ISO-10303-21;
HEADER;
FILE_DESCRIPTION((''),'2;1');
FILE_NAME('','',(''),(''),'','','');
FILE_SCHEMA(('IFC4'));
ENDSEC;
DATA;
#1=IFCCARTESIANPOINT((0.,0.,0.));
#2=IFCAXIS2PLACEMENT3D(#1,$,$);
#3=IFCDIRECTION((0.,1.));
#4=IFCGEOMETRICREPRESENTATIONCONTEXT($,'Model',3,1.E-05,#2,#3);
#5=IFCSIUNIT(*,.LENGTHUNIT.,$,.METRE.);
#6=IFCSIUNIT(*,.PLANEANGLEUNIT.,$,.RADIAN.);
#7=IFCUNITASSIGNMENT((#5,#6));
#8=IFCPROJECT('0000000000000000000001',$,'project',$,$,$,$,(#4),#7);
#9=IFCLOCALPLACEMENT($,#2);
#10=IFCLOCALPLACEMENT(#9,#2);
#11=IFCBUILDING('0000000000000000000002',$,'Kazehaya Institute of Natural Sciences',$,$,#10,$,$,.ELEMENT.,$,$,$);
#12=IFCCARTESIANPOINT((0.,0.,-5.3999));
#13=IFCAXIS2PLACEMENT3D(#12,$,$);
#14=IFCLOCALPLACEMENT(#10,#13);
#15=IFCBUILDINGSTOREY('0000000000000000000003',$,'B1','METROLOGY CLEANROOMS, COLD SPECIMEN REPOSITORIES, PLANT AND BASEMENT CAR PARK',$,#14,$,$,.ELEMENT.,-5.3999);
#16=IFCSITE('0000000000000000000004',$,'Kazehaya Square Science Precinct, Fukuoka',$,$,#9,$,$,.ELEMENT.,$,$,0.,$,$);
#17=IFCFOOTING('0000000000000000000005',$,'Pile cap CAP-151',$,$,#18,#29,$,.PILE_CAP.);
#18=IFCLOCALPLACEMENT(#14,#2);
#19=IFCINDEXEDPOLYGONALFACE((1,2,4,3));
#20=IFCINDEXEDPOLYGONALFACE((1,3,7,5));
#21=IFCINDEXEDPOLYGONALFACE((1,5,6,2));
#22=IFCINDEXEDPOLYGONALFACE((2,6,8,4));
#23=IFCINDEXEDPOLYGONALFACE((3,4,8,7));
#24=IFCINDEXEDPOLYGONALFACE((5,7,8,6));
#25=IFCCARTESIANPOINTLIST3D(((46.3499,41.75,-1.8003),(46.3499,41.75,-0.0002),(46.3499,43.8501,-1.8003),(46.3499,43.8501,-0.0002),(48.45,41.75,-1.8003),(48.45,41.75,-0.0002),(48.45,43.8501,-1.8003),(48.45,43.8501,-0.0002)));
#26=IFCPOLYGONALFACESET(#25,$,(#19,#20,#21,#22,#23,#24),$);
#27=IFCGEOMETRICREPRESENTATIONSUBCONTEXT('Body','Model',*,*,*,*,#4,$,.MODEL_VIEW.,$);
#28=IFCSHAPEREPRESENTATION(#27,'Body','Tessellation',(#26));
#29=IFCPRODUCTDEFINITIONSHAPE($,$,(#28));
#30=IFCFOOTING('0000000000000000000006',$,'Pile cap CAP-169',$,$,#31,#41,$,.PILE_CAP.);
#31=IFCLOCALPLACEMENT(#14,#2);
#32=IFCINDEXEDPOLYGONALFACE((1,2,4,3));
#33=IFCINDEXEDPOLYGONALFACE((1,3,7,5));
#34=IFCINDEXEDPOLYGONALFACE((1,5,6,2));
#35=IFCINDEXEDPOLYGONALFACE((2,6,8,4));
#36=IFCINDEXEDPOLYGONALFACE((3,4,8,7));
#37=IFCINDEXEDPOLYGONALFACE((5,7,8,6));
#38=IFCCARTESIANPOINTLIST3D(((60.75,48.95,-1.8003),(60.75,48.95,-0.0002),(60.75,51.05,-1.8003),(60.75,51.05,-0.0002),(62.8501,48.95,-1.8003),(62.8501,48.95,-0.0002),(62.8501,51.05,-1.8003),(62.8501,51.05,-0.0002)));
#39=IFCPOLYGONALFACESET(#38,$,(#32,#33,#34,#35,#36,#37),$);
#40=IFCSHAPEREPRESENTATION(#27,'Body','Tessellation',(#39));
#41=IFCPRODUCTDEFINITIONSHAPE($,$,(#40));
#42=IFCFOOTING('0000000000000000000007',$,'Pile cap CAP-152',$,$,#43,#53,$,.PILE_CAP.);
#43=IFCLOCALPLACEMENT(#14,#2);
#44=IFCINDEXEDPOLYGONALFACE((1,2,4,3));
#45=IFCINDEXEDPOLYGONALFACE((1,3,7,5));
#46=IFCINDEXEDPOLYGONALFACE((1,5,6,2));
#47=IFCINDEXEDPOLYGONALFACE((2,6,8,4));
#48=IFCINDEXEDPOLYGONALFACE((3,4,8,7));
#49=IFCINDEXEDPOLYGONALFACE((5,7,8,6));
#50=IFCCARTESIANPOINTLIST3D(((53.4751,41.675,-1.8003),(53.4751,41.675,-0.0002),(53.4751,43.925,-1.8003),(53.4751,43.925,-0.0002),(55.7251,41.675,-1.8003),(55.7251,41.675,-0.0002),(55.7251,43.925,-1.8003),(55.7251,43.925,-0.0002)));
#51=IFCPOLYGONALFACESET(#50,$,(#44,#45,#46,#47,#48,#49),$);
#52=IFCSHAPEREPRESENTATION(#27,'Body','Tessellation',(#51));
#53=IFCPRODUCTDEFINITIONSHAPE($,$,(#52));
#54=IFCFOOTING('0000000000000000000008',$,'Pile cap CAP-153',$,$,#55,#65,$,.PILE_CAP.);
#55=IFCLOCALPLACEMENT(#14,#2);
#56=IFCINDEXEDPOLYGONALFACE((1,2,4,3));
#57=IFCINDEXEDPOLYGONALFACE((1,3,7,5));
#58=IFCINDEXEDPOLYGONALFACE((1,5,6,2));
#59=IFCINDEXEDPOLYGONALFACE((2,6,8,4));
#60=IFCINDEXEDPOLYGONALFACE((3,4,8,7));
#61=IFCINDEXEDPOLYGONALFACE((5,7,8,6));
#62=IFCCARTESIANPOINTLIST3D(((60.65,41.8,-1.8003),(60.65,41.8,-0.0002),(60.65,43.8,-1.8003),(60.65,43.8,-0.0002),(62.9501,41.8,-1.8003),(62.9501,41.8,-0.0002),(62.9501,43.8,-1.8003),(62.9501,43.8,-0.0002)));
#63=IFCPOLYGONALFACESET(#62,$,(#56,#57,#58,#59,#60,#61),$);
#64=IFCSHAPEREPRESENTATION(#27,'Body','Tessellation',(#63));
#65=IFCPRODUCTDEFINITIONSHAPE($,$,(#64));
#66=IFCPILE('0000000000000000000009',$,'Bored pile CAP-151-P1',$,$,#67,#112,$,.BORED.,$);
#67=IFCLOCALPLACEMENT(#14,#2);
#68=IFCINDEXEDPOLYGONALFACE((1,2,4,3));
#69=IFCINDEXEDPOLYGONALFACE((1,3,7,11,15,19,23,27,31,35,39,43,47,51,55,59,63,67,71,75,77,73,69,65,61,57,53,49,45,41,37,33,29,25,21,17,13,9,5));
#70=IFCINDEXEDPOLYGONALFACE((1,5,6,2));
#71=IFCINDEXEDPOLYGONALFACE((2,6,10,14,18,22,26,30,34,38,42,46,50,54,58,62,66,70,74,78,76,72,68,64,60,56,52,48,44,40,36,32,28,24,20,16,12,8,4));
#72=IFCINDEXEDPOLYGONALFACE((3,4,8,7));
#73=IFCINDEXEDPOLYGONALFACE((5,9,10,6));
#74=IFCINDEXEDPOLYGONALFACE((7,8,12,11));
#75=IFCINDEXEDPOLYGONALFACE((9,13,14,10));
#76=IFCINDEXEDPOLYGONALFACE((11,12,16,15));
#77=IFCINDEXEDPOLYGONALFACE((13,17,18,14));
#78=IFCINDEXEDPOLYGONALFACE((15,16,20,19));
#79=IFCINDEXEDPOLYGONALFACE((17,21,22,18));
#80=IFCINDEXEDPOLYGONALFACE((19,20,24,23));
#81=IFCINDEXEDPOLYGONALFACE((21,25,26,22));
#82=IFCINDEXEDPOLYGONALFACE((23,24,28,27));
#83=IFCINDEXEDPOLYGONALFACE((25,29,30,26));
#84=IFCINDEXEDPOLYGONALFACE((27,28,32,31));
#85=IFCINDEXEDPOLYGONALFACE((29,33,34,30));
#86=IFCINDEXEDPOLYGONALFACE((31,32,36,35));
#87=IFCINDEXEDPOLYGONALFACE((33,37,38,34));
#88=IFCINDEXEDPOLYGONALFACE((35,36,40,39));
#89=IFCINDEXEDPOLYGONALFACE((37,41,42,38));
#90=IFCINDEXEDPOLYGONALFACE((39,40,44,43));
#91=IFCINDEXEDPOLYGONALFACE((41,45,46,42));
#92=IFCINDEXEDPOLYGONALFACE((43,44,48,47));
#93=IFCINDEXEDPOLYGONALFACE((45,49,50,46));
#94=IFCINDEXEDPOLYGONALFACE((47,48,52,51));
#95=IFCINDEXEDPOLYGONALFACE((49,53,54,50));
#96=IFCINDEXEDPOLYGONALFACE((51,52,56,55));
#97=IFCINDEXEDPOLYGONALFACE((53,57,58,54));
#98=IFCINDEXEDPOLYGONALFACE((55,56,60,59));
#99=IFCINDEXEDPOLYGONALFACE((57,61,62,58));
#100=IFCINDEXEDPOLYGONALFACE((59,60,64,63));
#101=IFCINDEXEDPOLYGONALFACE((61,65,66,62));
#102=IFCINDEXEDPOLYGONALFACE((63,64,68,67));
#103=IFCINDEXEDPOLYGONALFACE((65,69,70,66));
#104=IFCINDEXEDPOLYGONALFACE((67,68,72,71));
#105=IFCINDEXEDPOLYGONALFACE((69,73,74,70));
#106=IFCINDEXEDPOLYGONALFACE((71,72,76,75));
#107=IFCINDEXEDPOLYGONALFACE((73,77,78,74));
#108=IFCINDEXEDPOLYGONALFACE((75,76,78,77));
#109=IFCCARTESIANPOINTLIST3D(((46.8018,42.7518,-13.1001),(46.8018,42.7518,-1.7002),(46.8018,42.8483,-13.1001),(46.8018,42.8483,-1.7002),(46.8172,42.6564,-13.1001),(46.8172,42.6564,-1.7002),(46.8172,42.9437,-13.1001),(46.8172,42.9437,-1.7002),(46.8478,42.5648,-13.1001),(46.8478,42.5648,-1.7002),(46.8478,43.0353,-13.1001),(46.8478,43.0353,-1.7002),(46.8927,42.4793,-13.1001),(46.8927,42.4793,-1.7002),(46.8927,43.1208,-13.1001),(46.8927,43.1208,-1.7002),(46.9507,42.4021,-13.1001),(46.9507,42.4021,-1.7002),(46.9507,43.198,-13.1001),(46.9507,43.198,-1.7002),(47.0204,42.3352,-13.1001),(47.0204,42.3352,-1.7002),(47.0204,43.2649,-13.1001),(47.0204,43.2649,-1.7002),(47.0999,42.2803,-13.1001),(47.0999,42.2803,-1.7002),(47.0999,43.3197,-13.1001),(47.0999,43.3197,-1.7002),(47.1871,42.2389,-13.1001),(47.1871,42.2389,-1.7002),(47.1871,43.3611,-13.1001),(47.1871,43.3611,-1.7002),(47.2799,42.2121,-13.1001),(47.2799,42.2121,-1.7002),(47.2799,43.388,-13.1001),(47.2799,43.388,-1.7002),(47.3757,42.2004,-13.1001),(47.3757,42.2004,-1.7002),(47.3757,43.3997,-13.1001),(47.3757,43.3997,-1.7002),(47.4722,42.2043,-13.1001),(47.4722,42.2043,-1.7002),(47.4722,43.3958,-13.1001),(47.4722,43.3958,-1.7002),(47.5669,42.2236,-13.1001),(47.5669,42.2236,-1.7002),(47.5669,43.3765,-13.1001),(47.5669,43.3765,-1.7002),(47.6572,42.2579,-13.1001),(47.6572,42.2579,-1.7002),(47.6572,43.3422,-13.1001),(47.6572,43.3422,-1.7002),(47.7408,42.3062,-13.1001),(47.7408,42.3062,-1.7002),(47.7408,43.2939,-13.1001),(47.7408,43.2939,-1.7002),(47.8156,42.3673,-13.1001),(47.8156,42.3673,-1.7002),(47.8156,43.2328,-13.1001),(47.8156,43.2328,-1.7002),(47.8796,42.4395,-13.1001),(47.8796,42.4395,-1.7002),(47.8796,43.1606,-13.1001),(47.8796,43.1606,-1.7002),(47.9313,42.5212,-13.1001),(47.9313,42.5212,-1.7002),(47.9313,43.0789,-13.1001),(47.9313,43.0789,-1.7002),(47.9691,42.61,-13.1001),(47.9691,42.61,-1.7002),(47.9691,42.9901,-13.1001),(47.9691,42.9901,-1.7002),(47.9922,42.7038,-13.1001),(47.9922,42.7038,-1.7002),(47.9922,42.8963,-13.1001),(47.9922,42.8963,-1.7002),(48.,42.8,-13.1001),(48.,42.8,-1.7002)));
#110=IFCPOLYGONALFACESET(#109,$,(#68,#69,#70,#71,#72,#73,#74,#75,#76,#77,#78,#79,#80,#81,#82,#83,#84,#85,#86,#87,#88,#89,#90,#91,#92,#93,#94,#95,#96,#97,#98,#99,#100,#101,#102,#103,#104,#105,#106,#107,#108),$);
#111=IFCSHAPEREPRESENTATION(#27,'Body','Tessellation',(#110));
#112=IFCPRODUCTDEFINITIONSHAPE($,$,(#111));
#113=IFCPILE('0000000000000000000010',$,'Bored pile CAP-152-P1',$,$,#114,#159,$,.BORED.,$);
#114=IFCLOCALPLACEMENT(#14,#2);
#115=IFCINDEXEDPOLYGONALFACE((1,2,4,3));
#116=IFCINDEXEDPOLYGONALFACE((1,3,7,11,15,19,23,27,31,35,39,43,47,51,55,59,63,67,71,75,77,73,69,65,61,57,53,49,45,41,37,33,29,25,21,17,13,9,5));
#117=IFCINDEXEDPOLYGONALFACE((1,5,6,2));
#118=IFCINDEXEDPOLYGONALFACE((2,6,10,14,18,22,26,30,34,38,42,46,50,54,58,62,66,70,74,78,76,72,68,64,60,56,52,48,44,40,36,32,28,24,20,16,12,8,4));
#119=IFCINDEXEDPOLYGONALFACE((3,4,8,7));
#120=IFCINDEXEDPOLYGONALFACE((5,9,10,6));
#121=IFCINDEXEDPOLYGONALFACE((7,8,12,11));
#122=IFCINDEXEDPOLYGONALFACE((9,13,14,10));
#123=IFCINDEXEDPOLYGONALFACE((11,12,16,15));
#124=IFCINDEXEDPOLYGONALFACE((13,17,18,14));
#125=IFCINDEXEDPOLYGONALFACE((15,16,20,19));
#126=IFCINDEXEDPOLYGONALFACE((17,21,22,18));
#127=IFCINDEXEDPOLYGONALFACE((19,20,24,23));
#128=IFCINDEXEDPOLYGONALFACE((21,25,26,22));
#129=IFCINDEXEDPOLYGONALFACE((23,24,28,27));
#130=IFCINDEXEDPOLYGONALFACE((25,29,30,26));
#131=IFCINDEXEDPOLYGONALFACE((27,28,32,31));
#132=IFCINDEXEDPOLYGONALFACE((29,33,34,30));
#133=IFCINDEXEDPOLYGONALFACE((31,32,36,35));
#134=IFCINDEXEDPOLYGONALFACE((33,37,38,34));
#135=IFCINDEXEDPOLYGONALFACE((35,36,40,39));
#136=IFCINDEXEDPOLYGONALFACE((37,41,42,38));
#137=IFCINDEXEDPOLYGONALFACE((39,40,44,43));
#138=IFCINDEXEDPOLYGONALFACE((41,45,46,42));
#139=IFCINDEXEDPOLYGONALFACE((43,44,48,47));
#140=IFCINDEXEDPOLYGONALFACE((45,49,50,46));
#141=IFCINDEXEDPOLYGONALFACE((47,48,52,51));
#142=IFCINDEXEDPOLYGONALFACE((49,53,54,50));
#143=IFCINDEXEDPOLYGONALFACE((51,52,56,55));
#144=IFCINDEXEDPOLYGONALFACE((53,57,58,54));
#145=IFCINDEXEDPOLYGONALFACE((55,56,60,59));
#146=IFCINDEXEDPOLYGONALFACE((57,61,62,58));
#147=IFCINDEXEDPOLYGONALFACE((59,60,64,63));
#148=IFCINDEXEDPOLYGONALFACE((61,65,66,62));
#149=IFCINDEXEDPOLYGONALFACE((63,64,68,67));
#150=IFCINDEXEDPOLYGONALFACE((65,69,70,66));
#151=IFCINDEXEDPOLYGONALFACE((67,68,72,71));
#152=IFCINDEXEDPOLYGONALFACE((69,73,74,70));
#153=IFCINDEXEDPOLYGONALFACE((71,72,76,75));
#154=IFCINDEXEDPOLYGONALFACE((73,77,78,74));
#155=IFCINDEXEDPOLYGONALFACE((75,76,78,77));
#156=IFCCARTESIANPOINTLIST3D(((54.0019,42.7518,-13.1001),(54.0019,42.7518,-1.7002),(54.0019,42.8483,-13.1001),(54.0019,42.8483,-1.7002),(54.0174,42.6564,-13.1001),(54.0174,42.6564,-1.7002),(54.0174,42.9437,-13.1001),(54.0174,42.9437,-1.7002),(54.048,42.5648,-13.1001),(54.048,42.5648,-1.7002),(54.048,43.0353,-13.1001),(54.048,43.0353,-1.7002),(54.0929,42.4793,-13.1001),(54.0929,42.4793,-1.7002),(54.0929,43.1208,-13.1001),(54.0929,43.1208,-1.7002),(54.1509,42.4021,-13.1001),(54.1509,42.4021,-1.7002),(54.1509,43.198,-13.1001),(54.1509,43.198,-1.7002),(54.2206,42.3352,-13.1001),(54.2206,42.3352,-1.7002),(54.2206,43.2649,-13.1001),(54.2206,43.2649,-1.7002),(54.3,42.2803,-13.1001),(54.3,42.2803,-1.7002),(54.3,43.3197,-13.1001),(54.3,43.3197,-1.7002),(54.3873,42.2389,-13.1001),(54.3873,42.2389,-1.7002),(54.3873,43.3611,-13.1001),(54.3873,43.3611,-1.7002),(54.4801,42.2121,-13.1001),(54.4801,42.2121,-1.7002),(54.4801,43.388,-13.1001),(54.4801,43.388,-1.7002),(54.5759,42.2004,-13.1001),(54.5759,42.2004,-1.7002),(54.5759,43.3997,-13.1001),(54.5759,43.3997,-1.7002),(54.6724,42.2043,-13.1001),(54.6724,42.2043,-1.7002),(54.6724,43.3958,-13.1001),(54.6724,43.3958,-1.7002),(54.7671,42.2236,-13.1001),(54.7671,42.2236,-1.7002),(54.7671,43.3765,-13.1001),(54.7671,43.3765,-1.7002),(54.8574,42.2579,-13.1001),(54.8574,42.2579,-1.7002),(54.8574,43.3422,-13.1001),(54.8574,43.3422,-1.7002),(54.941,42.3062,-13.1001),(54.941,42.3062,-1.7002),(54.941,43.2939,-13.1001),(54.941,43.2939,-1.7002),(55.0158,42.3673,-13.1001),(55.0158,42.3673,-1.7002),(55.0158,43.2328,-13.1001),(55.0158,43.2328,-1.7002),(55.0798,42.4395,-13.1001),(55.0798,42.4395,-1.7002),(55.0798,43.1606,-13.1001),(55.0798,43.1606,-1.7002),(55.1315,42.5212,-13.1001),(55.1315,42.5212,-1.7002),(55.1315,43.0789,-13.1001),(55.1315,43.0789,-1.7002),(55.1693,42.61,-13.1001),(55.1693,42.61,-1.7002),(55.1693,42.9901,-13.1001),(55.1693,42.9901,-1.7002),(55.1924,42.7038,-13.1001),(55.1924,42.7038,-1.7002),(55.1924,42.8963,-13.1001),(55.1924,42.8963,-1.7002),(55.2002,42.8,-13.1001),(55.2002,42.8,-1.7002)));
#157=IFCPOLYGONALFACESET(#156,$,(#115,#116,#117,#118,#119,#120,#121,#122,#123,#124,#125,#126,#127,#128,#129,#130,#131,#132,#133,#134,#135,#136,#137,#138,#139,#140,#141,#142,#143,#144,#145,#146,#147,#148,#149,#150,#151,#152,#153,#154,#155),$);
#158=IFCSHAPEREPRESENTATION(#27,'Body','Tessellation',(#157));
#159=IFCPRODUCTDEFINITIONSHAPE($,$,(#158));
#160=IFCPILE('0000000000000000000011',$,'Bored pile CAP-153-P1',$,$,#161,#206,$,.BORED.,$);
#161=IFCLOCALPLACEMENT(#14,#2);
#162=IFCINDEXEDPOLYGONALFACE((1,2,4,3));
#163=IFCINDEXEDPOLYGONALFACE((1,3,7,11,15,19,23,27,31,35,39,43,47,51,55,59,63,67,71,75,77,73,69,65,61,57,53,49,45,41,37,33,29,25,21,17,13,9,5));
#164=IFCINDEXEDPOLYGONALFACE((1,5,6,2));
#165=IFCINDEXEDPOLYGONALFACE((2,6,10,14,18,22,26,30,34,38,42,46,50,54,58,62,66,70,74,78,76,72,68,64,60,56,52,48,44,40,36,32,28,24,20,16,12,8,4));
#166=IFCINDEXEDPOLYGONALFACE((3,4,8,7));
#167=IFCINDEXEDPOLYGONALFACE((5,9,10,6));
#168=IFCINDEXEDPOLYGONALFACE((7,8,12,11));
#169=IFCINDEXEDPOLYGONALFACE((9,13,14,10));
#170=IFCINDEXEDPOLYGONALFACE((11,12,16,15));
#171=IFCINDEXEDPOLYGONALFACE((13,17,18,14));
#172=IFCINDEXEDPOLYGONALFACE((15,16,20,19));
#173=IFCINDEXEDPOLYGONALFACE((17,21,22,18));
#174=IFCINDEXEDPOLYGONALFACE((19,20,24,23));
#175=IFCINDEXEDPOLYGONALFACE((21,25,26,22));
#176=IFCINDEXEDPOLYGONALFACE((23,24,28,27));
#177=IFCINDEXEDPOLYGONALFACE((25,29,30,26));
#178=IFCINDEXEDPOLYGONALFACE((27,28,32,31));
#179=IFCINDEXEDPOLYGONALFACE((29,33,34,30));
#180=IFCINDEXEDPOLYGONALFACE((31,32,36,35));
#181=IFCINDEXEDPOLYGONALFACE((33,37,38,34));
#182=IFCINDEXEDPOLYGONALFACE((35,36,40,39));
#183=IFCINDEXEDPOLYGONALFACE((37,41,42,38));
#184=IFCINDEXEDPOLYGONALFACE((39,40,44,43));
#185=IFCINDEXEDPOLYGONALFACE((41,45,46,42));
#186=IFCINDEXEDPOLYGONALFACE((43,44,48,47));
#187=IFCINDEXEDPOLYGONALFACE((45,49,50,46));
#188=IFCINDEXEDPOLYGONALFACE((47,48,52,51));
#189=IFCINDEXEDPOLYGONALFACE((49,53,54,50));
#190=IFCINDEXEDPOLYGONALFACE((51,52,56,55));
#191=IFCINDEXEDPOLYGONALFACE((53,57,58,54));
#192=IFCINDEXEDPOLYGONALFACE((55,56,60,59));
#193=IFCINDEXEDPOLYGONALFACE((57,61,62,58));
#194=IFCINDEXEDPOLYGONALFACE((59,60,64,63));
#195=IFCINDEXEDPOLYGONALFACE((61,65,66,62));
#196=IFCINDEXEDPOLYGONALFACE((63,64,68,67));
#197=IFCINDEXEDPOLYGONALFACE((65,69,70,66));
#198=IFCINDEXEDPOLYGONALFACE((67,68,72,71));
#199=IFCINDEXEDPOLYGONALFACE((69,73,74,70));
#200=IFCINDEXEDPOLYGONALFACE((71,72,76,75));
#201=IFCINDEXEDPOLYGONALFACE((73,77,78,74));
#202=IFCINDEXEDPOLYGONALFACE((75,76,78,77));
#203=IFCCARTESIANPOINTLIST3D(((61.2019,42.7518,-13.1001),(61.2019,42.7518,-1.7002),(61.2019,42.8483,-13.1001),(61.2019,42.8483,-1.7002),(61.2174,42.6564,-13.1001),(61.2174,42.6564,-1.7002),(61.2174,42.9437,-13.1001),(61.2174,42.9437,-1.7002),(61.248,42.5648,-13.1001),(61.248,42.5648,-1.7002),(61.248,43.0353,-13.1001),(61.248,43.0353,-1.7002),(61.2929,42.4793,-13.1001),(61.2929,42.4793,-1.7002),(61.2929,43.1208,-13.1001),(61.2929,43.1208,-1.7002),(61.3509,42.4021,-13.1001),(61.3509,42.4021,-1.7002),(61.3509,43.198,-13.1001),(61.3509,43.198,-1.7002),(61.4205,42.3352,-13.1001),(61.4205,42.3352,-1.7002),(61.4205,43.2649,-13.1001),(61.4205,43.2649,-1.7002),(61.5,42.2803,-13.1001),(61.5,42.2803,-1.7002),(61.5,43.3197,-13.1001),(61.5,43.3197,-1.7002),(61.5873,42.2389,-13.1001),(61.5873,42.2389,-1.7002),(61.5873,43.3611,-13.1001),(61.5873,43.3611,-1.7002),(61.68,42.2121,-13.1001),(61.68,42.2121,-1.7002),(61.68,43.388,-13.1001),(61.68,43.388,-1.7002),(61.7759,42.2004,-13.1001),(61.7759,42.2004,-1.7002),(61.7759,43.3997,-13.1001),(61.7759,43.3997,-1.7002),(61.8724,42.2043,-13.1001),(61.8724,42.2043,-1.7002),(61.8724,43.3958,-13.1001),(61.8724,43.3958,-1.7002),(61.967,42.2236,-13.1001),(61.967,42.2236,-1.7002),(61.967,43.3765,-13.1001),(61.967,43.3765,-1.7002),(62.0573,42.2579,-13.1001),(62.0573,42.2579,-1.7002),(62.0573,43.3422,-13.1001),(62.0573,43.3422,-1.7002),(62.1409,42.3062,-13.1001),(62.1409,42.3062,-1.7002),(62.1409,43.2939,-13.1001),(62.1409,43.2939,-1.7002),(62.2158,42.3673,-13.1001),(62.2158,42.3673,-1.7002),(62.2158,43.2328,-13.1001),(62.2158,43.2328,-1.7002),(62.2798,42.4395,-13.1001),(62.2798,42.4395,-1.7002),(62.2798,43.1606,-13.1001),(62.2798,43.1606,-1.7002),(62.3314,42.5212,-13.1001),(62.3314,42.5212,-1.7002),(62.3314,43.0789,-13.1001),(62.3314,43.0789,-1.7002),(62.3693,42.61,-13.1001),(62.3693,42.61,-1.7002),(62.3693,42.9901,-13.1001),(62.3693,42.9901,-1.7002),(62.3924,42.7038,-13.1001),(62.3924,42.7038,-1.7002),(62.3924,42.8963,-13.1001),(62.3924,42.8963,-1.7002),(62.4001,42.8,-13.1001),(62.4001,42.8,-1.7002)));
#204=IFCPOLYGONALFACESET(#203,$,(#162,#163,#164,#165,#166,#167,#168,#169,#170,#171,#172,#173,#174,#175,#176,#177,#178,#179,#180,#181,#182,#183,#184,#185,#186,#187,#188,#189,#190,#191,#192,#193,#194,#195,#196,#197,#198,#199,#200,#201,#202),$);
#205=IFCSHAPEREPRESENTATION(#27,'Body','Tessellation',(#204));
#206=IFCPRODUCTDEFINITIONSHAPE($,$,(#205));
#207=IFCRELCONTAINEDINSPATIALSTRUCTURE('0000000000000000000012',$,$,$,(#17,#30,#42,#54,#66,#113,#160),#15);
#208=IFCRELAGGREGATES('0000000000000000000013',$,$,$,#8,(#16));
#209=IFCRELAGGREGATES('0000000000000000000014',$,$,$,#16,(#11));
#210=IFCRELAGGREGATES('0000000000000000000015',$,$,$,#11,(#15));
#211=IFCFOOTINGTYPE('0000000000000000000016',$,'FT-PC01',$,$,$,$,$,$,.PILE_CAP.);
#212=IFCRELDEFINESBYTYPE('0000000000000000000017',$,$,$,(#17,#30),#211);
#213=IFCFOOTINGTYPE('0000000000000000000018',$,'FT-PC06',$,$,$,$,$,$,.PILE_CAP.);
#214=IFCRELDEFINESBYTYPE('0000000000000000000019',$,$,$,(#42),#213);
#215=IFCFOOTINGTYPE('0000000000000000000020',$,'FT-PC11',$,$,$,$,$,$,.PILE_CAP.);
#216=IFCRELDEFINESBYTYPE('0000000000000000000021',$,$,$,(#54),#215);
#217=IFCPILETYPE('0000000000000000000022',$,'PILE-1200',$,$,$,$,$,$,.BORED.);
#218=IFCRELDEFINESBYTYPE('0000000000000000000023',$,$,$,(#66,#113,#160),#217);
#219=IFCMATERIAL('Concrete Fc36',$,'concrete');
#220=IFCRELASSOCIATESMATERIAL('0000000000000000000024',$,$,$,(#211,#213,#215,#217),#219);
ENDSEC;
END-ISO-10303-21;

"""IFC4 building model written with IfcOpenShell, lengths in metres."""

from ifc_helpers import new_model, si_unit, direction, frame, origin, origin_2d, place, context, subcontext, project, spatial, rectangle, circle, extrude, material, material_profile, profile_set, type_object, element, save


model = new_model("IFC4")

# Units and contexts
model_context = context("Model", 3, precision=1e-05, world=origin(), true_north=direction((0.0, 1.0)))
body_context = subcontext(model_context, "Body", "Model", "MODEL_VIEW")
ifc_project = project(units=[si_unit("LENGTHUNIT", "METRE"), si_unit("PLANEANGLEUNIT", "RADIAN")], contexts=[model_context])

# Site, building, storey
site_placement = place(None, origin())
site = spatial("IfcSite", under=ifc_project, at=site_placement, Name="Kazehaya Square Science Precinct, Fukuoka", CompositionType="ELEMENT", RefElevation=0.0)
building_placement = place(site_placement, origin())
building = spatial("IfcBuilding", under=site, at=building_placement, Name="Kazehaya Institute of Natural Sciences", CompositionType="ELEMENT")
storey_placement = place(building_placement, frame((0.0, 0.0, -5.3999)))
storey = spatial("IfcBuildingStorey", under=building, at=storey_placement, Name="B1", Description="METROLOGY CLEANROOMS, COLD SPECIMEN REPOSITORIES, PLANT AND BASEMENT CAR PARK", CompositionType="ELEMENT", Elevation=-5.3999)

# Footings
ifc_material_1 = material(Name="Concrete Fc36", Category="concrete")
footing_type_1 = type_object("IfcFootingType", Name="FT-PC01", PredefinedType="PILE_CAP", material=ifc_material_1)
for number, where, z_axis, x_axis, name in (
    (1, (47.3999, 42.8, -1.8003), (0.0, 0.0, 1.0), (1.0, 0.0, 0.0), "Pile cap CAP-151"),
    (2, (61.8, 50.0, -1.8003), (0.0, 0.0, 1.0), (1.0, 0.0, 0.0), "Pile cap CAP-169"),
):
    element("IfcFooting", number, at=place(storey_placement, frame(where, z_axis=z_axis, x_axis=x_axis)), inside=storey, type_object=footing_type_1, Name=name, PredefinedType="PILE_CAP", context=body_context, shape_type="SweptSolid", body=[
        extrude(rectangle(XDim=2.1001, YDim=2.1001, at=origin_2d()), origin(), (0.0, 0.0, 1.0), 1.8),
    ])
footing_type_2 = type_object("IfcFootingType", Name="FT-PC06", PredefinedType="PILE_CAP", material=ifc_material_1)
footing_1_placement = place(storey_placement, frame((54.6001, 42.8, -1.8003), z_axis=(0.0, 0.0, 1.0), x_axis=(1.0, 0.0, 0.0)))
element("IfcFooting", 3, at=footing_1_placement, inside=storey, type_object=footing_type_2, Name="Pile cap CAP-152", PredefinedType="PILE_CAP", context=body_context, shape_type="SweptSolid", body=[
    extrude(rectangle(XDim=2.25, YDim=2.25, at=origin_2d()), origin(), (0.0, 0.0, 1.0), 1.8),
])
footing_type_3 = type_object("IfcFootingType", Name="FT-PC11", PredefinedType="PILE_CAP", material=ifc_material_1)
footing_2_placement = place(storey_placement, frame((61.8, 42.8, -1.8003), z_axis=(0.0, 0.0, 1.0), x_axis=(1.0, 0.0, 0.0)))
element("IfcFooting", 4, at=footing_2_placement, inside=storey, type_object=footing_type_3, Name="Pile cap CAP-153", PredefinedType="PILE_CAP", context=body_context, shape_type="SweptSolid", body=[
    extrude(rectangle(XDim=2.3, YDim=2.0, at=origin_2d()), origin(), (0.0, 0.0, 1.0), 1.8),
])

# Piles
ifc_material_profile_1 = material_profile(ifc_material_1, circle(Radius=0.6001, at=origin_2d()), Name="PILE-1200")
ifc_profile_set_1 = profile_set([ifc_material_profile_1], Name="Concrete Fc36")
pile_type = type_object("IfcPileType", Name="PILE-1200", PredefinedType="BORED", material=ifc_profile_set_1)
for number, where, z_axis, x_axis, name in (
    (5, (47.3999, 42.8, -1.7002), (0.0, 0.0, -1.0), (1.0, 0.0, 0.0), "Bored pile CAP-151-P1"),
    (6, (54.6001, 42.8, -1.7002), (0.0, 0.0, -1.0), (1.0, 0.0, 0.0), "Bored pile CAP-152-P1"),
    (7, (61.8, 42.8, -1.7002), (0.0, 0.0, -1.0), (1.0, 0.0, 0.0), "Bored pile CAP-153-P1"),
):
    element("IfcPile", number, at=place(storey_placement, frame(where, z_axis=z_axis, x_axis=x_axis)), inside=storey, type_object=pile_type, Name=name, PredefinedType="BORED", context=body_context, shape_type="SweptSolid", body=[
        extrude(circle(Radius=0.6001, at=origin_2d()), origin(), (0.0, 0.0, 1.0), 11.3999),
    ])

save(model, "model.ifc")
